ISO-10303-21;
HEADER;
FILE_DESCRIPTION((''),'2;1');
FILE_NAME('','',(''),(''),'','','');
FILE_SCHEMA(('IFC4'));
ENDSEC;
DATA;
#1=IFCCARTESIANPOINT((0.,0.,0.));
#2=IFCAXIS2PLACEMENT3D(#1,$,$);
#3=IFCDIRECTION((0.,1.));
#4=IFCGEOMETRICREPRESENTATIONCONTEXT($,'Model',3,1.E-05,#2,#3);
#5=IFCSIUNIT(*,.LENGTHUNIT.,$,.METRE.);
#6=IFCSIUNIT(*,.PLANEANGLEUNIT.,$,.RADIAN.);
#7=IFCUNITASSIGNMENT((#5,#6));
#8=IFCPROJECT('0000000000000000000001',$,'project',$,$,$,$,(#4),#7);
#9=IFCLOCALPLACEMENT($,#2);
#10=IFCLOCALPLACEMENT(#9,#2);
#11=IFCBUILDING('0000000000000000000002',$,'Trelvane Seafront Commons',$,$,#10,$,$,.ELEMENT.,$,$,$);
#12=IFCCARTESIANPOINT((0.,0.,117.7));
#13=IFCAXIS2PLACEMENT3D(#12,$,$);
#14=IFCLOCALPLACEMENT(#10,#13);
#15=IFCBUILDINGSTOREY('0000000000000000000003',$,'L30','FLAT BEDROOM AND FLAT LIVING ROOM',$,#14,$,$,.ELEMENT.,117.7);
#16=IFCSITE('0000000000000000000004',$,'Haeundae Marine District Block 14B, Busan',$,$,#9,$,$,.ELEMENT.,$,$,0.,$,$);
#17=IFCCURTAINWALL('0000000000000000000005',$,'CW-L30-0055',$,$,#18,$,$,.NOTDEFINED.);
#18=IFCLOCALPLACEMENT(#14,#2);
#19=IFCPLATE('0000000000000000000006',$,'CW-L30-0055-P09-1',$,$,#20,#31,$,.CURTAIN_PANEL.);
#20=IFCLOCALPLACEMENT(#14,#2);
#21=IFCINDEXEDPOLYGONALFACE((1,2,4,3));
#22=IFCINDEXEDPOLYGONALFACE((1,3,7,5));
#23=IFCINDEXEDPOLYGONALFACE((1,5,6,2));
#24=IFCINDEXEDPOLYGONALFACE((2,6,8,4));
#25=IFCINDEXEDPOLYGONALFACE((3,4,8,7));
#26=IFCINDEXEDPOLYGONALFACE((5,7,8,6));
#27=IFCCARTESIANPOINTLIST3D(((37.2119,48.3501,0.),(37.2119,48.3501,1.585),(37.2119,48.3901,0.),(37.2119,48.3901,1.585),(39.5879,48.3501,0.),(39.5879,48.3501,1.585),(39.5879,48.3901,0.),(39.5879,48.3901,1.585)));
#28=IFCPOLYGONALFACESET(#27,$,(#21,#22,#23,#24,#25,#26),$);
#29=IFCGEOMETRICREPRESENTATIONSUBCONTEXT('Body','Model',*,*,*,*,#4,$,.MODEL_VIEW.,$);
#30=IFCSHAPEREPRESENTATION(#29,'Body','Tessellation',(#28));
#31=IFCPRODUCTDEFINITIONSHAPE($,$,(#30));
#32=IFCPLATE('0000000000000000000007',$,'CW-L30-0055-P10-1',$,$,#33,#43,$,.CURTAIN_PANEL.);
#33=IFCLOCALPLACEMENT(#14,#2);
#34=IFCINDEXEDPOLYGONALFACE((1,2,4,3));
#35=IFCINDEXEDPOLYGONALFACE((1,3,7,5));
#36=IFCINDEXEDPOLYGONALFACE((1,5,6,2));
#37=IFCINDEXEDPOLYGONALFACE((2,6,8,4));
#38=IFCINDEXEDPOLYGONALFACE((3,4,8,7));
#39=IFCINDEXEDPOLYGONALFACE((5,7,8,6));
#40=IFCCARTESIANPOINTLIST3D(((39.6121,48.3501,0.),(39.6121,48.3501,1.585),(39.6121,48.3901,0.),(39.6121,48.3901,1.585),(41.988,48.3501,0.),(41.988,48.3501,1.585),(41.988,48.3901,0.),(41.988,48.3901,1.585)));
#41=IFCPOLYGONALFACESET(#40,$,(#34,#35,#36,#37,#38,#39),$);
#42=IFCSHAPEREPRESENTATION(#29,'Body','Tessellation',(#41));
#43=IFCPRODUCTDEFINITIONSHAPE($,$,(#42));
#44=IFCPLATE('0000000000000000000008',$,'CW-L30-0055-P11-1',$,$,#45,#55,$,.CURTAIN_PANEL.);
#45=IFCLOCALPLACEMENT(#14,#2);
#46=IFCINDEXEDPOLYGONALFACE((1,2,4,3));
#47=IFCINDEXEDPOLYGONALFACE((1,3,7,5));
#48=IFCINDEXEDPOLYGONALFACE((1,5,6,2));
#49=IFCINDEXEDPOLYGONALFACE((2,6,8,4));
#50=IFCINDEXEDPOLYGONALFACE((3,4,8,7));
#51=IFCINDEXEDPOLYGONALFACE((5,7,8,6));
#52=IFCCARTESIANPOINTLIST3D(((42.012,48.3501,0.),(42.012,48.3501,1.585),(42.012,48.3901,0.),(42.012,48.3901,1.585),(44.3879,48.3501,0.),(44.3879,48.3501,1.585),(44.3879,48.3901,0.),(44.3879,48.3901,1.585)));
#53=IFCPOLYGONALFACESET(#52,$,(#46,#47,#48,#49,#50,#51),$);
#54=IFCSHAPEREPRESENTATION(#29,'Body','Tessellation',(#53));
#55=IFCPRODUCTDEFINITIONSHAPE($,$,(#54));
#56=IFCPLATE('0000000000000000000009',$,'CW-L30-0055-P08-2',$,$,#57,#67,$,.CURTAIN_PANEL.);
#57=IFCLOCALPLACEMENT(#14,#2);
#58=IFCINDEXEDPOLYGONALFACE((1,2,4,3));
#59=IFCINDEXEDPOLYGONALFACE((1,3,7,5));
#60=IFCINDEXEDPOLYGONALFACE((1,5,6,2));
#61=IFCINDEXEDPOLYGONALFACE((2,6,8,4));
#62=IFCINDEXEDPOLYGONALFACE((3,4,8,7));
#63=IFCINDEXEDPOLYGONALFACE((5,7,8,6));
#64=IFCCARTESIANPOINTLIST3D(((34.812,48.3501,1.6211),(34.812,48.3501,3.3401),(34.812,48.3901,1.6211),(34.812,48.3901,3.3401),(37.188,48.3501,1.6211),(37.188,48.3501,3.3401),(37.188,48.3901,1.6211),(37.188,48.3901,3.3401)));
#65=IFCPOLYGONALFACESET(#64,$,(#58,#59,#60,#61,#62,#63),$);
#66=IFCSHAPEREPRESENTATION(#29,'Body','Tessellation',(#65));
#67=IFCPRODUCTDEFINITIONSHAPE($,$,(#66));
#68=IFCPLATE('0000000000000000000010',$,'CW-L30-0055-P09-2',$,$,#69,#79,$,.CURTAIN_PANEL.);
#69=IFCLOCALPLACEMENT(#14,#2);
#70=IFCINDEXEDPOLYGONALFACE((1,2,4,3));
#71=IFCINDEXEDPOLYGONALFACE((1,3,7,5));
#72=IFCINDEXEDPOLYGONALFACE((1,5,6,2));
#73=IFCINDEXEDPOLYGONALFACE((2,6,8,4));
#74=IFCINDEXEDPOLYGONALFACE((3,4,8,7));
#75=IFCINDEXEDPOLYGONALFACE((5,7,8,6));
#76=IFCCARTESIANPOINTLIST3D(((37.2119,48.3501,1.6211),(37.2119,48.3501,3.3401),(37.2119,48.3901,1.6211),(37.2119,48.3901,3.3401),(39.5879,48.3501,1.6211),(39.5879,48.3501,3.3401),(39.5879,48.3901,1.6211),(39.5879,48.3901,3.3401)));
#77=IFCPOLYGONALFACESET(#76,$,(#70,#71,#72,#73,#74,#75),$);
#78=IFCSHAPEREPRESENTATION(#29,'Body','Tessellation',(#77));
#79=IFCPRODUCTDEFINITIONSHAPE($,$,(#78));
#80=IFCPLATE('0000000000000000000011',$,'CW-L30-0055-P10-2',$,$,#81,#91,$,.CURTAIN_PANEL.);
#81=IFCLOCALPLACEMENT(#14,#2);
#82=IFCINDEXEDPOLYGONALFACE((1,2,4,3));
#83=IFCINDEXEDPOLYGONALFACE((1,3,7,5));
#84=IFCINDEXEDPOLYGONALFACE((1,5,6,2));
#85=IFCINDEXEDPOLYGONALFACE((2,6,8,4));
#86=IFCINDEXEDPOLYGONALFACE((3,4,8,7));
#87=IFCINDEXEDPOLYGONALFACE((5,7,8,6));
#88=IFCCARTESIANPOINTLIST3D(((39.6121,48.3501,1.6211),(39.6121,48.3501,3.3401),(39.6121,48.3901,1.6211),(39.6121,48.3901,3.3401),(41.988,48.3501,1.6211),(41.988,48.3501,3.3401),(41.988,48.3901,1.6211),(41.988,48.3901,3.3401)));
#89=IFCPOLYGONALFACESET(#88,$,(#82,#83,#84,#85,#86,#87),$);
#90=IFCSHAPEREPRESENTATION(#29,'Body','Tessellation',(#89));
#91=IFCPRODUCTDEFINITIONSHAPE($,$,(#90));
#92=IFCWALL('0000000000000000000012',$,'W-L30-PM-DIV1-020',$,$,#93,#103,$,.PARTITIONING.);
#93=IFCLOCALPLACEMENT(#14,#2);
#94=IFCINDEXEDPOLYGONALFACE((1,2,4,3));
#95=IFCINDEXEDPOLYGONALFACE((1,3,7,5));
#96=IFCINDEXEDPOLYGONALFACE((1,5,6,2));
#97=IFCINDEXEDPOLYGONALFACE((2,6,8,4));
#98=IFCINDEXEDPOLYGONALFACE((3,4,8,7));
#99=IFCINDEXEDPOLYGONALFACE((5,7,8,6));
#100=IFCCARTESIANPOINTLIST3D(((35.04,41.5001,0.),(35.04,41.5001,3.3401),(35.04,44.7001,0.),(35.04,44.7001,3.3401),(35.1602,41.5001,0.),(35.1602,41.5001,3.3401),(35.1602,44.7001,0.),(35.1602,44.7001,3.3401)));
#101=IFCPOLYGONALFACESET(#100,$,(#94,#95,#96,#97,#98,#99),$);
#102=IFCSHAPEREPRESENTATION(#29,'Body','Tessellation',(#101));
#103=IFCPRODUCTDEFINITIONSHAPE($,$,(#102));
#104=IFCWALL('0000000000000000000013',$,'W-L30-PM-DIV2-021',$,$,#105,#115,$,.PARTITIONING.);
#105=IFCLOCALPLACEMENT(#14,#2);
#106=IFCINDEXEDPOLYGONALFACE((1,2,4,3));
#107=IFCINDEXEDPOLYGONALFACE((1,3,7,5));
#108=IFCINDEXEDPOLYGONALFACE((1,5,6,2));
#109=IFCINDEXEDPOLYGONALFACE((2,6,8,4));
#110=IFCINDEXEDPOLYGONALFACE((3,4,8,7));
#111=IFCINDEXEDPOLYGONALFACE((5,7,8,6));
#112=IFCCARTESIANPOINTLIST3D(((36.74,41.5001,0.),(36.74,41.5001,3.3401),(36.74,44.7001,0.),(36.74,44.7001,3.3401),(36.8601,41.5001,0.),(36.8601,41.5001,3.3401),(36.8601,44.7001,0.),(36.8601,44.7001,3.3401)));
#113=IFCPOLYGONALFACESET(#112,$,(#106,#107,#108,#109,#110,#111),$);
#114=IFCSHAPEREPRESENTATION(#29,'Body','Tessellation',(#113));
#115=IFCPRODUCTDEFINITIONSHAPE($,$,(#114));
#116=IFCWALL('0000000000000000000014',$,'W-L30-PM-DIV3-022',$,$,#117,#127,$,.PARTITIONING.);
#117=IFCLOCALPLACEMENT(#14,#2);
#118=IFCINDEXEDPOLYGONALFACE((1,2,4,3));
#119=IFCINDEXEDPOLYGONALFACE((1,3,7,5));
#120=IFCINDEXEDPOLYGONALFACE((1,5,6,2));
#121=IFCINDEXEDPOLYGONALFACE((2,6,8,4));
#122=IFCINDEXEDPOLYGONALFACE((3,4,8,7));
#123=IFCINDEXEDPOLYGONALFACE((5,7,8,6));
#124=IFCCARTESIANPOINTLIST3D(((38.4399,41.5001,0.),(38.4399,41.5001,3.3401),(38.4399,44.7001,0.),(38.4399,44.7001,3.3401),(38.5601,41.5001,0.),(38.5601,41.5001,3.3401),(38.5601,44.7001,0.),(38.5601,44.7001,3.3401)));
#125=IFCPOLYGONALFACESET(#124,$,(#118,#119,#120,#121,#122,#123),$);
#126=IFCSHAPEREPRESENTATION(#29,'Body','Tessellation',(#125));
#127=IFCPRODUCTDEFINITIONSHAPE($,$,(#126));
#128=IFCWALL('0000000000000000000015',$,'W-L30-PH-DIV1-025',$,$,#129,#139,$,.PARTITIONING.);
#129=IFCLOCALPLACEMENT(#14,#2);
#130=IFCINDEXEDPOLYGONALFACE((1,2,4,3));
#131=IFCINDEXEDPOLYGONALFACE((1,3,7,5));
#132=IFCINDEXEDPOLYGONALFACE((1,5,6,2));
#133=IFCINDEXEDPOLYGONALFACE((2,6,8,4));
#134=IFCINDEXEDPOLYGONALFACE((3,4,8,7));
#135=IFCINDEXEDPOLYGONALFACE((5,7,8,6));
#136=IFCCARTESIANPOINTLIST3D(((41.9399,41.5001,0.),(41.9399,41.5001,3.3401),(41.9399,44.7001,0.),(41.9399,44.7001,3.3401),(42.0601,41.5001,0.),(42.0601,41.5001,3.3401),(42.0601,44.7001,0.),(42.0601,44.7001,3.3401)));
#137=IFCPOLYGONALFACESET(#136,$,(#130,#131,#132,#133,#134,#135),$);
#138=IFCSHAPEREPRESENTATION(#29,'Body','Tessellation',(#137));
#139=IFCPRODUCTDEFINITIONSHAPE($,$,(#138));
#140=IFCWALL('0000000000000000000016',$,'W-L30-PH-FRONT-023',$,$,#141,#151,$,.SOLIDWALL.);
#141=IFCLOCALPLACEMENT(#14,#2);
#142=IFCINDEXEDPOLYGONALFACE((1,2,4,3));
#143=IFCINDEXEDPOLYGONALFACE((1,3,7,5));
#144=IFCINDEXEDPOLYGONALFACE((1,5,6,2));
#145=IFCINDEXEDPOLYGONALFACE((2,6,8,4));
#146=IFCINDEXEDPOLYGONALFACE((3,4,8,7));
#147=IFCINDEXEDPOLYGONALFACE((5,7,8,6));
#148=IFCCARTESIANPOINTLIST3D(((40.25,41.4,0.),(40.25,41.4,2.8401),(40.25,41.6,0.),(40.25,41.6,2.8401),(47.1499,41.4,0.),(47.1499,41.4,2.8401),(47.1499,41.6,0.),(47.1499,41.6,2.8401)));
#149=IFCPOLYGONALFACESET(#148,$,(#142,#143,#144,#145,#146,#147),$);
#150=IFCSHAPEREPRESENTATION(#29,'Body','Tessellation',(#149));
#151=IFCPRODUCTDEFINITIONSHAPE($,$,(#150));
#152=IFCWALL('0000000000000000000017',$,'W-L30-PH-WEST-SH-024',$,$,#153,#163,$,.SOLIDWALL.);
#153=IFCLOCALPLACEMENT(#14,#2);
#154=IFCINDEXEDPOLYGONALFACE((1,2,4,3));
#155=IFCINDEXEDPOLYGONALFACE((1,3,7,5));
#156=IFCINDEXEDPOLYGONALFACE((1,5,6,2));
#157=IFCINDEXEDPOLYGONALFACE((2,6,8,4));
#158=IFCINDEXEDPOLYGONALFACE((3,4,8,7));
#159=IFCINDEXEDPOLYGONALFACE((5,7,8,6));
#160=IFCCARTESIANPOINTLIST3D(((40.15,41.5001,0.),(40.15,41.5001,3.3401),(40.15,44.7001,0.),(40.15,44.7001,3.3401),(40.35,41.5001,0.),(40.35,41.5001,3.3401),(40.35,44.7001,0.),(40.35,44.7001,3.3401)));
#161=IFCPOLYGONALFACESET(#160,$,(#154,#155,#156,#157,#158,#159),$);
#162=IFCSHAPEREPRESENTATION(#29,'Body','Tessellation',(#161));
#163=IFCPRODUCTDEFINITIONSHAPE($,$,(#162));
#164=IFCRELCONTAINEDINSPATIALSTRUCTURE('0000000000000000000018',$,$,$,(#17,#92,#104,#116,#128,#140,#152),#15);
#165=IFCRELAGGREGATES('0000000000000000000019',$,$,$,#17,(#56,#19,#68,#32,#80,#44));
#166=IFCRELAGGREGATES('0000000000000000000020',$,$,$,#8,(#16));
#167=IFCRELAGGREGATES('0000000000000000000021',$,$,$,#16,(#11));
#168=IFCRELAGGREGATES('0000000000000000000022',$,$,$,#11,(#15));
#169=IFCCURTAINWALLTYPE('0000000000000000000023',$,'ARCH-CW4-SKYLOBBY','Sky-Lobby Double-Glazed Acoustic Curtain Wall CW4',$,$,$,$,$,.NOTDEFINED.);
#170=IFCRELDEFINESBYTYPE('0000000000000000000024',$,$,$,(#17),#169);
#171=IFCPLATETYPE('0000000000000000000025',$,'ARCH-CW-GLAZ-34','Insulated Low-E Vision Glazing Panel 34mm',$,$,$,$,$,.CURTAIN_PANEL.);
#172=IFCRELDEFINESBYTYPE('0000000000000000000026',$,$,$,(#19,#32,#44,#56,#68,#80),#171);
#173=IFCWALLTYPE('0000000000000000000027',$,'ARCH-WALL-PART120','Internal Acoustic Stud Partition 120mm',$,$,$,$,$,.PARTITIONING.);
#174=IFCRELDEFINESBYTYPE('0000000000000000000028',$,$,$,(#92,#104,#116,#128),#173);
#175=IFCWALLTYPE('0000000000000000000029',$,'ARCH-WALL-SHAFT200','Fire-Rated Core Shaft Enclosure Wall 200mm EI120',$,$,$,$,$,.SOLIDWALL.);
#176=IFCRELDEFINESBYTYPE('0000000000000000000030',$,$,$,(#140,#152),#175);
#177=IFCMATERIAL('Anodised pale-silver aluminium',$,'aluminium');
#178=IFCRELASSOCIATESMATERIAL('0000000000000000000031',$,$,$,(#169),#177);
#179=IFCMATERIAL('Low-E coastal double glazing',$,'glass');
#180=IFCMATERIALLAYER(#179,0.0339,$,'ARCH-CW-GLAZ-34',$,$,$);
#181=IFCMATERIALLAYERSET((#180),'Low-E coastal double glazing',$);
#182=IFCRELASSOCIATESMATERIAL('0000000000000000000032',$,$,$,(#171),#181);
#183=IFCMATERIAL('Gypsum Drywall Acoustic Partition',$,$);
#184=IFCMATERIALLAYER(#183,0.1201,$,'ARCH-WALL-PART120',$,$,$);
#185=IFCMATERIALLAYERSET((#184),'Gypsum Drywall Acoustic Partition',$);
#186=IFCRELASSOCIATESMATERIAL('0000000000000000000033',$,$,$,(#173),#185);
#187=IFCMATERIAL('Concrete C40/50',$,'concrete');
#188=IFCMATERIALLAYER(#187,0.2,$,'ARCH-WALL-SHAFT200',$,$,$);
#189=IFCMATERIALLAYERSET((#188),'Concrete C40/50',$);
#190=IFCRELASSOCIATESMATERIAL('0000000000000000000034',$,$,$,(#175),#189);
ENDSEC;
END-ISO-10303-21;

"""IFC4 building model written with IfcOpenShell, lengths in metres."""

from ifc_helpers import new_model, si_unit, direction, frame, frame_2d, origin, origin_2d, place, context, subcontext, project, spatial, rectangle, extrude, source, transform, mapped, material, layer, layer_set, type_object, element, aggregate, save


model = new_model("IFC4")

# Units and contexts
model_context = context("Model", 3, precision=1e-05, world=origin(), true_north=direction((0.0, 1.0)))
body_context = subcontext(model_context, "Body", "Model", "MODEL_VIEW")
ifc_project = project(units=[si_unit("LENGTHUNIT", "METRE"), si_unit("PLANEANGLEUNIT", "RADIAN")], contexts=[model_context])

# Site, building, storey
site_placement = place(None, origin())
site = spatial("IfcSite", under=ifc_project, at=site_placement, Name="Haeundae Marine District Block 14B, Busan", CompositionType="ELEMENT", RefElevation=0.0)
building_placement = place(site_placement, origin())
building = spatial("IfcBuilding", under=site, at=building_placement, Name="Trelvane Seafront Commons", CompositionType="ELEMENT")
storey_placement = place(building_placement, frame((0.0, 0.0, 117.7)))
storey = spatial("IfcBuildingStorey", under=building, at=storey_placement, Name="L30", Description="FLAT BEDROOM AND FLAT LIVING ROOM", CompositionType="ELEMENT", Elevation=117.7)

# Curtain wall
ifc_material_1 = material(Name="Anodised pale-silver aluminium", Category="aluminium")
curtain_wall_type = type_object("IfcCurtainWallType", Name="ARCH-CW4-SKYLOBBY", Description="Sky-Lobby Double-Glazed Acoustic Curtain Wall CW4", PredefinedType="NOTDEFINED", material=ifc_material_1)
curtain_wall_placement = place(storey_placement, origin())
curtain_wall = element("IfcCurtainWall", 1, at=curtain_wall_placement, inside=storey, type_object=curtain_wall_type, Name="CW-L30-0055", PredefinedType="NOTDEFINED")

# Plates
ifc_material_2 = material(Name="Low-E coastal double glazing", Category="glass")
ifc_layer_1 = layer(ifc_material_2, 0.0339, Name="ARCH-CW-GLAZ-34")
ifc_layer_set_1 = layer_set([ifc_layer_1], Name="Low-E coastal double glazing")
plate_type_1 = type_object("IfcPlateType", Name="ARCH-CW-GLAZ-34", Description="Insulated Low-E Vision Glazing Panel 34mm", PredefinedType="CURTAIN_PANEL", material=ifc_layer_set_1)
shared_shape_1 = source(origin(), body_context, "Body", "SweptSolid", [
    extrude(rectangle(XDim=2.376, YDim=0.04, at=origin_2d()), origin(), (0.0, 0.0, 1.0), 1.585),
])
plate_1_placement = place(storey_placement, frame((38.3999, 48.3701, 0.0), z_axis=(0.0, 0.0, 1.0), x_axis=(1.0, 0.0, 0.0)))
plate_1 = element("IfcPlate", 2, at=plate_1_placement, type_object=plate_type_1, Name="CW-L30-0055-P09-1", PredefinedType="CURTAIN_PANEL", context=body_context, shape_type="MappedRepresentation", body=[
    mapped(shared_shape_1, transform((0.0, 0.0, 0.0), x_axis=(1.0, 0.0, 0.0), y_axis=(0.0, 1.0, 0.0), z_axis=(0.0, 0.0, 1.0), scale=1.0)),
])
plate_2_placement = place(storey_placement, frame((40.8, 48.3701, 0.0), z_axis=(0.0, 0.0, 1.0), x_axis=(1.0, 0.0, 0.0)))
plate_2 = element("IfcPlate", 3, at=plate_2_placement, type_object=plate_type_1, Name="CW-L30-0055-P10-1", PredefinedType="CURTAIN_PANEL", context=body_context, shape_type="MappedRepresentation", body=[
    mapped(shared_shape_1, transform((0.0, 0.0, 0.0), x_axis=(1.0, 0.0, 0.0), y_axis=(0.0, 1.0, 0.0), z_axis=(0.0, 0.0, 1.0), scale=1.0)),
])
plate_3_placement = place(storey_placement, frame((43.2, 48.3701, 0.0), z_axis=(0.0, 0.0, 1.0), x_axis=(1.0, 0.0, 0.0)))
plate_3 = element("IfcPlate", 4, at=plate_3_placement, type_object=plate_type_1, Name="CW-L30-0055-P11-1", PredefinedType="CURTAIN_PANEL", context=body_context, shape_type="MappedRepresentation", body=[
    mapped(shared_shape_1, transform((0.0, 0.0, 0.0), x_axis=(1.0, 0.0, 0.0), y_axis=(0.0, 1.0, 0.0), z_axis=(0.0, 0.0, 1.0), scale=1.0)),
])
shared_shape_2 = source(origin(), body_context, "Body", "SweptSolid", [
    extrude(rectangle(XDim=2.376, YDim=0.04, at=origin_2d()), origin(), (0.0, 0.0, 1.0), 1.719),
])
plate_4_placement = place(storey_placement, frame((36.0, 48.3701, 1.6211), z_axis=(0.0, 0.0, 1.0), x_axis=(1.0, 0.0, 0.0)))
plate_4 = element("IfcPlate", 5, at=plate_4_placement, type_object=plate_type_1, Name="CW-L30-0055-P08-2", PredefinedType="CURTAIN_PANEL", context=body_context, shape_type="MappedRepresentation", body=[
    mapped(shared_shape_2, transform((0.0, 0.0, 0.0), x_axis=(1.0, 0.0, 0.0), y_axis=(0.0, 1.0, 0.0), z_axis=(0.0, 0.0, 1.0), scale=1.0)),
])
plate_5_placement = place(storey_placement, frame((38.3999, 48.3701, 1.6211), z_axis=(0.0, 0.0, 1.0), x_axis=(1.0, 0.0, 0.0)))
plate_5 = element("IfcPlate", 6, at=plate_5_placement, type_object=plate_type_1, Name="CW-L30-0055-P09-2", PredefinedType="CURTAIN_PANEL", context=body_context, shape_type="MappedRepresentation", body=[
    mapped(shared_shape_2, transform((0.0, 0.0, 0.0), x_axis=(1.0, 0.0, 0.0), y_axis=(0.0, 1.0, 0.0), z_axis=(0.0, 0.0, 1.0), scale=1.0)),
])
plate_6_placement = place(storey_placement, frame((40.8, 48.3701, 1.6211), z_axis=(0.0, 0.0, 1.0), x_axis=(1.0, 0.0, 0.0)))
plate_6 = element("IfcPlate", 7, at=plate_6_placement, type_object=plate_type_1, Name="CW-L30-0055-P10-2", PredefinedType="CURTAIN_PANEL", context=body_context, shape_type="MappedRepresentation", body=[
    mapped(shared_shape_2, transform((0.0, 0.0, 0.0), x_axis=(1.0, 0.0, 0.0), y_axis=(0.0, 1.0, 0.0), z_axis=(0.0, 0.0, 1.0), scale=1.0)),
])
aggregate(curtain_wall, [plate_4, plate_1, plate_5, plate_2, plate_6, plate_3])

# Walls
ifc_material_3 = material(Name="Gypsum Drywall Acoustic Partition")
ifc_layer_2 = layer(ifc_material_3, 0.1201, Name="ARCH-WALL-PART120")
ifc_layer_set_2 = layer_set([ifc_layer_2], Name="Gypsum Drywall Acoustic Partition")
wall_type_1 = type_object("IfcWallType", Name="ARCH-WALL-PART120", Description="Internal Acoustic Stud Partition 120mm", PredefinedType="PARTITIONING", material=ifc_layer_set_2)
for number, where, z_axis, x_axis, name in (
    (8, (35.1001, 41.5, 0.0), (0.0, 0.0, 1.0), (0.0, 1.0, 0.0), "W-L30-PM-DIV1-020"),
    (9, (36.8, 41.5, 0.0), (0.0, 0.0, 1.0), (0.0, 1.0, 0.0), "W-L30-PM-DIV2-021"),
    (10, (38.5, 41.5, 0.0), (0.0, 0.0, 1.0), (0.0, 1.0, 0.0), "W-L30-PM-DIV3-022"),
    (11, (42.0, 41.5, 0.0), (0.0, 0.0, 1.0), (0.0, 1.0, 0.0), "W-L30-PH-DIV1-025"),
):
    element("IfcWall", number, at=place(storey_placement, frame(where, z_axis=z_axis, x_axis=x_axis)), inside=storey, type_object=wall_type_1, Name=name, PredefinedType="PARTITIONING", context=body_context, shape_type="SweptSolid", body=[
        extrude(rectangle(XDim=3.2, YDim=0.1201, at=frame_2d((1.6001, 0.0))), origin(), (0.0, 0.0, 1.0), 3.3401),
    ])

# Walls
ifc_material_4 = material(Name="Concrete C40/50", Category="concrete")
ifc_layer_3 = layer(ifc_material_4, 0.2, Name="ARCH-WALL-SHAFT200")
ifc_layer_set_3 = layer_set([ifc_layer_3], Name="Concrete C40/50")
wall_type_2 = type_object("IfcWallType", Name="ARCH-WALL-SHAFT200", Description="Fire-Rated Core Shaft Enclosure Wall 200mm EI120", PredefinedType="SOLIDWALL", material=ifc_layer_set_3)
wall_1_placement = place(storey_placement, frame((40.25, 41.5, 0.0), z_axis=(0.0, 0.0, 1.0), x_axis=(1.0, 0.0, 0.0)))
element("IfcWall", 12, at=wall_1_placement, inside=storey, type_object=wall_type_2, Name="W-L30-PH-FRONT-023", PredefinedType="SOLIDWALL", context=body_context, shape_type="SweptSolid", body=[
    extrude(rectangle(XDim=6.8999, YDim=0.2, at=frame_2d((3.45, 0.0))), origin(), (0.0, 0.0, 1.0), 2.8401),
])
wall_2_placement = place(storey_placement, frame((40.25, 41.5, 0.0), z_axis=(0.0, 0.0, 1.0), x_axis=(0.0, 1.0, 0.0)))
element("IfcWall", 13, at=wall_2_placement, inside=storey, type_object=wall_type_2, Name="W-L30-PH-WEST-SH-024", PredefinedType="SOLIDWALL", context=body_context, shape_type="SweptSolid", body=[
    extrude(rectangle(XDim=3.2, YDim=0.2, at=frame_2d((1.6001, 0.0))), origin(), (0.0, 0.0, 1.0), 3.3401),
])

save(model, "model.ifc")
